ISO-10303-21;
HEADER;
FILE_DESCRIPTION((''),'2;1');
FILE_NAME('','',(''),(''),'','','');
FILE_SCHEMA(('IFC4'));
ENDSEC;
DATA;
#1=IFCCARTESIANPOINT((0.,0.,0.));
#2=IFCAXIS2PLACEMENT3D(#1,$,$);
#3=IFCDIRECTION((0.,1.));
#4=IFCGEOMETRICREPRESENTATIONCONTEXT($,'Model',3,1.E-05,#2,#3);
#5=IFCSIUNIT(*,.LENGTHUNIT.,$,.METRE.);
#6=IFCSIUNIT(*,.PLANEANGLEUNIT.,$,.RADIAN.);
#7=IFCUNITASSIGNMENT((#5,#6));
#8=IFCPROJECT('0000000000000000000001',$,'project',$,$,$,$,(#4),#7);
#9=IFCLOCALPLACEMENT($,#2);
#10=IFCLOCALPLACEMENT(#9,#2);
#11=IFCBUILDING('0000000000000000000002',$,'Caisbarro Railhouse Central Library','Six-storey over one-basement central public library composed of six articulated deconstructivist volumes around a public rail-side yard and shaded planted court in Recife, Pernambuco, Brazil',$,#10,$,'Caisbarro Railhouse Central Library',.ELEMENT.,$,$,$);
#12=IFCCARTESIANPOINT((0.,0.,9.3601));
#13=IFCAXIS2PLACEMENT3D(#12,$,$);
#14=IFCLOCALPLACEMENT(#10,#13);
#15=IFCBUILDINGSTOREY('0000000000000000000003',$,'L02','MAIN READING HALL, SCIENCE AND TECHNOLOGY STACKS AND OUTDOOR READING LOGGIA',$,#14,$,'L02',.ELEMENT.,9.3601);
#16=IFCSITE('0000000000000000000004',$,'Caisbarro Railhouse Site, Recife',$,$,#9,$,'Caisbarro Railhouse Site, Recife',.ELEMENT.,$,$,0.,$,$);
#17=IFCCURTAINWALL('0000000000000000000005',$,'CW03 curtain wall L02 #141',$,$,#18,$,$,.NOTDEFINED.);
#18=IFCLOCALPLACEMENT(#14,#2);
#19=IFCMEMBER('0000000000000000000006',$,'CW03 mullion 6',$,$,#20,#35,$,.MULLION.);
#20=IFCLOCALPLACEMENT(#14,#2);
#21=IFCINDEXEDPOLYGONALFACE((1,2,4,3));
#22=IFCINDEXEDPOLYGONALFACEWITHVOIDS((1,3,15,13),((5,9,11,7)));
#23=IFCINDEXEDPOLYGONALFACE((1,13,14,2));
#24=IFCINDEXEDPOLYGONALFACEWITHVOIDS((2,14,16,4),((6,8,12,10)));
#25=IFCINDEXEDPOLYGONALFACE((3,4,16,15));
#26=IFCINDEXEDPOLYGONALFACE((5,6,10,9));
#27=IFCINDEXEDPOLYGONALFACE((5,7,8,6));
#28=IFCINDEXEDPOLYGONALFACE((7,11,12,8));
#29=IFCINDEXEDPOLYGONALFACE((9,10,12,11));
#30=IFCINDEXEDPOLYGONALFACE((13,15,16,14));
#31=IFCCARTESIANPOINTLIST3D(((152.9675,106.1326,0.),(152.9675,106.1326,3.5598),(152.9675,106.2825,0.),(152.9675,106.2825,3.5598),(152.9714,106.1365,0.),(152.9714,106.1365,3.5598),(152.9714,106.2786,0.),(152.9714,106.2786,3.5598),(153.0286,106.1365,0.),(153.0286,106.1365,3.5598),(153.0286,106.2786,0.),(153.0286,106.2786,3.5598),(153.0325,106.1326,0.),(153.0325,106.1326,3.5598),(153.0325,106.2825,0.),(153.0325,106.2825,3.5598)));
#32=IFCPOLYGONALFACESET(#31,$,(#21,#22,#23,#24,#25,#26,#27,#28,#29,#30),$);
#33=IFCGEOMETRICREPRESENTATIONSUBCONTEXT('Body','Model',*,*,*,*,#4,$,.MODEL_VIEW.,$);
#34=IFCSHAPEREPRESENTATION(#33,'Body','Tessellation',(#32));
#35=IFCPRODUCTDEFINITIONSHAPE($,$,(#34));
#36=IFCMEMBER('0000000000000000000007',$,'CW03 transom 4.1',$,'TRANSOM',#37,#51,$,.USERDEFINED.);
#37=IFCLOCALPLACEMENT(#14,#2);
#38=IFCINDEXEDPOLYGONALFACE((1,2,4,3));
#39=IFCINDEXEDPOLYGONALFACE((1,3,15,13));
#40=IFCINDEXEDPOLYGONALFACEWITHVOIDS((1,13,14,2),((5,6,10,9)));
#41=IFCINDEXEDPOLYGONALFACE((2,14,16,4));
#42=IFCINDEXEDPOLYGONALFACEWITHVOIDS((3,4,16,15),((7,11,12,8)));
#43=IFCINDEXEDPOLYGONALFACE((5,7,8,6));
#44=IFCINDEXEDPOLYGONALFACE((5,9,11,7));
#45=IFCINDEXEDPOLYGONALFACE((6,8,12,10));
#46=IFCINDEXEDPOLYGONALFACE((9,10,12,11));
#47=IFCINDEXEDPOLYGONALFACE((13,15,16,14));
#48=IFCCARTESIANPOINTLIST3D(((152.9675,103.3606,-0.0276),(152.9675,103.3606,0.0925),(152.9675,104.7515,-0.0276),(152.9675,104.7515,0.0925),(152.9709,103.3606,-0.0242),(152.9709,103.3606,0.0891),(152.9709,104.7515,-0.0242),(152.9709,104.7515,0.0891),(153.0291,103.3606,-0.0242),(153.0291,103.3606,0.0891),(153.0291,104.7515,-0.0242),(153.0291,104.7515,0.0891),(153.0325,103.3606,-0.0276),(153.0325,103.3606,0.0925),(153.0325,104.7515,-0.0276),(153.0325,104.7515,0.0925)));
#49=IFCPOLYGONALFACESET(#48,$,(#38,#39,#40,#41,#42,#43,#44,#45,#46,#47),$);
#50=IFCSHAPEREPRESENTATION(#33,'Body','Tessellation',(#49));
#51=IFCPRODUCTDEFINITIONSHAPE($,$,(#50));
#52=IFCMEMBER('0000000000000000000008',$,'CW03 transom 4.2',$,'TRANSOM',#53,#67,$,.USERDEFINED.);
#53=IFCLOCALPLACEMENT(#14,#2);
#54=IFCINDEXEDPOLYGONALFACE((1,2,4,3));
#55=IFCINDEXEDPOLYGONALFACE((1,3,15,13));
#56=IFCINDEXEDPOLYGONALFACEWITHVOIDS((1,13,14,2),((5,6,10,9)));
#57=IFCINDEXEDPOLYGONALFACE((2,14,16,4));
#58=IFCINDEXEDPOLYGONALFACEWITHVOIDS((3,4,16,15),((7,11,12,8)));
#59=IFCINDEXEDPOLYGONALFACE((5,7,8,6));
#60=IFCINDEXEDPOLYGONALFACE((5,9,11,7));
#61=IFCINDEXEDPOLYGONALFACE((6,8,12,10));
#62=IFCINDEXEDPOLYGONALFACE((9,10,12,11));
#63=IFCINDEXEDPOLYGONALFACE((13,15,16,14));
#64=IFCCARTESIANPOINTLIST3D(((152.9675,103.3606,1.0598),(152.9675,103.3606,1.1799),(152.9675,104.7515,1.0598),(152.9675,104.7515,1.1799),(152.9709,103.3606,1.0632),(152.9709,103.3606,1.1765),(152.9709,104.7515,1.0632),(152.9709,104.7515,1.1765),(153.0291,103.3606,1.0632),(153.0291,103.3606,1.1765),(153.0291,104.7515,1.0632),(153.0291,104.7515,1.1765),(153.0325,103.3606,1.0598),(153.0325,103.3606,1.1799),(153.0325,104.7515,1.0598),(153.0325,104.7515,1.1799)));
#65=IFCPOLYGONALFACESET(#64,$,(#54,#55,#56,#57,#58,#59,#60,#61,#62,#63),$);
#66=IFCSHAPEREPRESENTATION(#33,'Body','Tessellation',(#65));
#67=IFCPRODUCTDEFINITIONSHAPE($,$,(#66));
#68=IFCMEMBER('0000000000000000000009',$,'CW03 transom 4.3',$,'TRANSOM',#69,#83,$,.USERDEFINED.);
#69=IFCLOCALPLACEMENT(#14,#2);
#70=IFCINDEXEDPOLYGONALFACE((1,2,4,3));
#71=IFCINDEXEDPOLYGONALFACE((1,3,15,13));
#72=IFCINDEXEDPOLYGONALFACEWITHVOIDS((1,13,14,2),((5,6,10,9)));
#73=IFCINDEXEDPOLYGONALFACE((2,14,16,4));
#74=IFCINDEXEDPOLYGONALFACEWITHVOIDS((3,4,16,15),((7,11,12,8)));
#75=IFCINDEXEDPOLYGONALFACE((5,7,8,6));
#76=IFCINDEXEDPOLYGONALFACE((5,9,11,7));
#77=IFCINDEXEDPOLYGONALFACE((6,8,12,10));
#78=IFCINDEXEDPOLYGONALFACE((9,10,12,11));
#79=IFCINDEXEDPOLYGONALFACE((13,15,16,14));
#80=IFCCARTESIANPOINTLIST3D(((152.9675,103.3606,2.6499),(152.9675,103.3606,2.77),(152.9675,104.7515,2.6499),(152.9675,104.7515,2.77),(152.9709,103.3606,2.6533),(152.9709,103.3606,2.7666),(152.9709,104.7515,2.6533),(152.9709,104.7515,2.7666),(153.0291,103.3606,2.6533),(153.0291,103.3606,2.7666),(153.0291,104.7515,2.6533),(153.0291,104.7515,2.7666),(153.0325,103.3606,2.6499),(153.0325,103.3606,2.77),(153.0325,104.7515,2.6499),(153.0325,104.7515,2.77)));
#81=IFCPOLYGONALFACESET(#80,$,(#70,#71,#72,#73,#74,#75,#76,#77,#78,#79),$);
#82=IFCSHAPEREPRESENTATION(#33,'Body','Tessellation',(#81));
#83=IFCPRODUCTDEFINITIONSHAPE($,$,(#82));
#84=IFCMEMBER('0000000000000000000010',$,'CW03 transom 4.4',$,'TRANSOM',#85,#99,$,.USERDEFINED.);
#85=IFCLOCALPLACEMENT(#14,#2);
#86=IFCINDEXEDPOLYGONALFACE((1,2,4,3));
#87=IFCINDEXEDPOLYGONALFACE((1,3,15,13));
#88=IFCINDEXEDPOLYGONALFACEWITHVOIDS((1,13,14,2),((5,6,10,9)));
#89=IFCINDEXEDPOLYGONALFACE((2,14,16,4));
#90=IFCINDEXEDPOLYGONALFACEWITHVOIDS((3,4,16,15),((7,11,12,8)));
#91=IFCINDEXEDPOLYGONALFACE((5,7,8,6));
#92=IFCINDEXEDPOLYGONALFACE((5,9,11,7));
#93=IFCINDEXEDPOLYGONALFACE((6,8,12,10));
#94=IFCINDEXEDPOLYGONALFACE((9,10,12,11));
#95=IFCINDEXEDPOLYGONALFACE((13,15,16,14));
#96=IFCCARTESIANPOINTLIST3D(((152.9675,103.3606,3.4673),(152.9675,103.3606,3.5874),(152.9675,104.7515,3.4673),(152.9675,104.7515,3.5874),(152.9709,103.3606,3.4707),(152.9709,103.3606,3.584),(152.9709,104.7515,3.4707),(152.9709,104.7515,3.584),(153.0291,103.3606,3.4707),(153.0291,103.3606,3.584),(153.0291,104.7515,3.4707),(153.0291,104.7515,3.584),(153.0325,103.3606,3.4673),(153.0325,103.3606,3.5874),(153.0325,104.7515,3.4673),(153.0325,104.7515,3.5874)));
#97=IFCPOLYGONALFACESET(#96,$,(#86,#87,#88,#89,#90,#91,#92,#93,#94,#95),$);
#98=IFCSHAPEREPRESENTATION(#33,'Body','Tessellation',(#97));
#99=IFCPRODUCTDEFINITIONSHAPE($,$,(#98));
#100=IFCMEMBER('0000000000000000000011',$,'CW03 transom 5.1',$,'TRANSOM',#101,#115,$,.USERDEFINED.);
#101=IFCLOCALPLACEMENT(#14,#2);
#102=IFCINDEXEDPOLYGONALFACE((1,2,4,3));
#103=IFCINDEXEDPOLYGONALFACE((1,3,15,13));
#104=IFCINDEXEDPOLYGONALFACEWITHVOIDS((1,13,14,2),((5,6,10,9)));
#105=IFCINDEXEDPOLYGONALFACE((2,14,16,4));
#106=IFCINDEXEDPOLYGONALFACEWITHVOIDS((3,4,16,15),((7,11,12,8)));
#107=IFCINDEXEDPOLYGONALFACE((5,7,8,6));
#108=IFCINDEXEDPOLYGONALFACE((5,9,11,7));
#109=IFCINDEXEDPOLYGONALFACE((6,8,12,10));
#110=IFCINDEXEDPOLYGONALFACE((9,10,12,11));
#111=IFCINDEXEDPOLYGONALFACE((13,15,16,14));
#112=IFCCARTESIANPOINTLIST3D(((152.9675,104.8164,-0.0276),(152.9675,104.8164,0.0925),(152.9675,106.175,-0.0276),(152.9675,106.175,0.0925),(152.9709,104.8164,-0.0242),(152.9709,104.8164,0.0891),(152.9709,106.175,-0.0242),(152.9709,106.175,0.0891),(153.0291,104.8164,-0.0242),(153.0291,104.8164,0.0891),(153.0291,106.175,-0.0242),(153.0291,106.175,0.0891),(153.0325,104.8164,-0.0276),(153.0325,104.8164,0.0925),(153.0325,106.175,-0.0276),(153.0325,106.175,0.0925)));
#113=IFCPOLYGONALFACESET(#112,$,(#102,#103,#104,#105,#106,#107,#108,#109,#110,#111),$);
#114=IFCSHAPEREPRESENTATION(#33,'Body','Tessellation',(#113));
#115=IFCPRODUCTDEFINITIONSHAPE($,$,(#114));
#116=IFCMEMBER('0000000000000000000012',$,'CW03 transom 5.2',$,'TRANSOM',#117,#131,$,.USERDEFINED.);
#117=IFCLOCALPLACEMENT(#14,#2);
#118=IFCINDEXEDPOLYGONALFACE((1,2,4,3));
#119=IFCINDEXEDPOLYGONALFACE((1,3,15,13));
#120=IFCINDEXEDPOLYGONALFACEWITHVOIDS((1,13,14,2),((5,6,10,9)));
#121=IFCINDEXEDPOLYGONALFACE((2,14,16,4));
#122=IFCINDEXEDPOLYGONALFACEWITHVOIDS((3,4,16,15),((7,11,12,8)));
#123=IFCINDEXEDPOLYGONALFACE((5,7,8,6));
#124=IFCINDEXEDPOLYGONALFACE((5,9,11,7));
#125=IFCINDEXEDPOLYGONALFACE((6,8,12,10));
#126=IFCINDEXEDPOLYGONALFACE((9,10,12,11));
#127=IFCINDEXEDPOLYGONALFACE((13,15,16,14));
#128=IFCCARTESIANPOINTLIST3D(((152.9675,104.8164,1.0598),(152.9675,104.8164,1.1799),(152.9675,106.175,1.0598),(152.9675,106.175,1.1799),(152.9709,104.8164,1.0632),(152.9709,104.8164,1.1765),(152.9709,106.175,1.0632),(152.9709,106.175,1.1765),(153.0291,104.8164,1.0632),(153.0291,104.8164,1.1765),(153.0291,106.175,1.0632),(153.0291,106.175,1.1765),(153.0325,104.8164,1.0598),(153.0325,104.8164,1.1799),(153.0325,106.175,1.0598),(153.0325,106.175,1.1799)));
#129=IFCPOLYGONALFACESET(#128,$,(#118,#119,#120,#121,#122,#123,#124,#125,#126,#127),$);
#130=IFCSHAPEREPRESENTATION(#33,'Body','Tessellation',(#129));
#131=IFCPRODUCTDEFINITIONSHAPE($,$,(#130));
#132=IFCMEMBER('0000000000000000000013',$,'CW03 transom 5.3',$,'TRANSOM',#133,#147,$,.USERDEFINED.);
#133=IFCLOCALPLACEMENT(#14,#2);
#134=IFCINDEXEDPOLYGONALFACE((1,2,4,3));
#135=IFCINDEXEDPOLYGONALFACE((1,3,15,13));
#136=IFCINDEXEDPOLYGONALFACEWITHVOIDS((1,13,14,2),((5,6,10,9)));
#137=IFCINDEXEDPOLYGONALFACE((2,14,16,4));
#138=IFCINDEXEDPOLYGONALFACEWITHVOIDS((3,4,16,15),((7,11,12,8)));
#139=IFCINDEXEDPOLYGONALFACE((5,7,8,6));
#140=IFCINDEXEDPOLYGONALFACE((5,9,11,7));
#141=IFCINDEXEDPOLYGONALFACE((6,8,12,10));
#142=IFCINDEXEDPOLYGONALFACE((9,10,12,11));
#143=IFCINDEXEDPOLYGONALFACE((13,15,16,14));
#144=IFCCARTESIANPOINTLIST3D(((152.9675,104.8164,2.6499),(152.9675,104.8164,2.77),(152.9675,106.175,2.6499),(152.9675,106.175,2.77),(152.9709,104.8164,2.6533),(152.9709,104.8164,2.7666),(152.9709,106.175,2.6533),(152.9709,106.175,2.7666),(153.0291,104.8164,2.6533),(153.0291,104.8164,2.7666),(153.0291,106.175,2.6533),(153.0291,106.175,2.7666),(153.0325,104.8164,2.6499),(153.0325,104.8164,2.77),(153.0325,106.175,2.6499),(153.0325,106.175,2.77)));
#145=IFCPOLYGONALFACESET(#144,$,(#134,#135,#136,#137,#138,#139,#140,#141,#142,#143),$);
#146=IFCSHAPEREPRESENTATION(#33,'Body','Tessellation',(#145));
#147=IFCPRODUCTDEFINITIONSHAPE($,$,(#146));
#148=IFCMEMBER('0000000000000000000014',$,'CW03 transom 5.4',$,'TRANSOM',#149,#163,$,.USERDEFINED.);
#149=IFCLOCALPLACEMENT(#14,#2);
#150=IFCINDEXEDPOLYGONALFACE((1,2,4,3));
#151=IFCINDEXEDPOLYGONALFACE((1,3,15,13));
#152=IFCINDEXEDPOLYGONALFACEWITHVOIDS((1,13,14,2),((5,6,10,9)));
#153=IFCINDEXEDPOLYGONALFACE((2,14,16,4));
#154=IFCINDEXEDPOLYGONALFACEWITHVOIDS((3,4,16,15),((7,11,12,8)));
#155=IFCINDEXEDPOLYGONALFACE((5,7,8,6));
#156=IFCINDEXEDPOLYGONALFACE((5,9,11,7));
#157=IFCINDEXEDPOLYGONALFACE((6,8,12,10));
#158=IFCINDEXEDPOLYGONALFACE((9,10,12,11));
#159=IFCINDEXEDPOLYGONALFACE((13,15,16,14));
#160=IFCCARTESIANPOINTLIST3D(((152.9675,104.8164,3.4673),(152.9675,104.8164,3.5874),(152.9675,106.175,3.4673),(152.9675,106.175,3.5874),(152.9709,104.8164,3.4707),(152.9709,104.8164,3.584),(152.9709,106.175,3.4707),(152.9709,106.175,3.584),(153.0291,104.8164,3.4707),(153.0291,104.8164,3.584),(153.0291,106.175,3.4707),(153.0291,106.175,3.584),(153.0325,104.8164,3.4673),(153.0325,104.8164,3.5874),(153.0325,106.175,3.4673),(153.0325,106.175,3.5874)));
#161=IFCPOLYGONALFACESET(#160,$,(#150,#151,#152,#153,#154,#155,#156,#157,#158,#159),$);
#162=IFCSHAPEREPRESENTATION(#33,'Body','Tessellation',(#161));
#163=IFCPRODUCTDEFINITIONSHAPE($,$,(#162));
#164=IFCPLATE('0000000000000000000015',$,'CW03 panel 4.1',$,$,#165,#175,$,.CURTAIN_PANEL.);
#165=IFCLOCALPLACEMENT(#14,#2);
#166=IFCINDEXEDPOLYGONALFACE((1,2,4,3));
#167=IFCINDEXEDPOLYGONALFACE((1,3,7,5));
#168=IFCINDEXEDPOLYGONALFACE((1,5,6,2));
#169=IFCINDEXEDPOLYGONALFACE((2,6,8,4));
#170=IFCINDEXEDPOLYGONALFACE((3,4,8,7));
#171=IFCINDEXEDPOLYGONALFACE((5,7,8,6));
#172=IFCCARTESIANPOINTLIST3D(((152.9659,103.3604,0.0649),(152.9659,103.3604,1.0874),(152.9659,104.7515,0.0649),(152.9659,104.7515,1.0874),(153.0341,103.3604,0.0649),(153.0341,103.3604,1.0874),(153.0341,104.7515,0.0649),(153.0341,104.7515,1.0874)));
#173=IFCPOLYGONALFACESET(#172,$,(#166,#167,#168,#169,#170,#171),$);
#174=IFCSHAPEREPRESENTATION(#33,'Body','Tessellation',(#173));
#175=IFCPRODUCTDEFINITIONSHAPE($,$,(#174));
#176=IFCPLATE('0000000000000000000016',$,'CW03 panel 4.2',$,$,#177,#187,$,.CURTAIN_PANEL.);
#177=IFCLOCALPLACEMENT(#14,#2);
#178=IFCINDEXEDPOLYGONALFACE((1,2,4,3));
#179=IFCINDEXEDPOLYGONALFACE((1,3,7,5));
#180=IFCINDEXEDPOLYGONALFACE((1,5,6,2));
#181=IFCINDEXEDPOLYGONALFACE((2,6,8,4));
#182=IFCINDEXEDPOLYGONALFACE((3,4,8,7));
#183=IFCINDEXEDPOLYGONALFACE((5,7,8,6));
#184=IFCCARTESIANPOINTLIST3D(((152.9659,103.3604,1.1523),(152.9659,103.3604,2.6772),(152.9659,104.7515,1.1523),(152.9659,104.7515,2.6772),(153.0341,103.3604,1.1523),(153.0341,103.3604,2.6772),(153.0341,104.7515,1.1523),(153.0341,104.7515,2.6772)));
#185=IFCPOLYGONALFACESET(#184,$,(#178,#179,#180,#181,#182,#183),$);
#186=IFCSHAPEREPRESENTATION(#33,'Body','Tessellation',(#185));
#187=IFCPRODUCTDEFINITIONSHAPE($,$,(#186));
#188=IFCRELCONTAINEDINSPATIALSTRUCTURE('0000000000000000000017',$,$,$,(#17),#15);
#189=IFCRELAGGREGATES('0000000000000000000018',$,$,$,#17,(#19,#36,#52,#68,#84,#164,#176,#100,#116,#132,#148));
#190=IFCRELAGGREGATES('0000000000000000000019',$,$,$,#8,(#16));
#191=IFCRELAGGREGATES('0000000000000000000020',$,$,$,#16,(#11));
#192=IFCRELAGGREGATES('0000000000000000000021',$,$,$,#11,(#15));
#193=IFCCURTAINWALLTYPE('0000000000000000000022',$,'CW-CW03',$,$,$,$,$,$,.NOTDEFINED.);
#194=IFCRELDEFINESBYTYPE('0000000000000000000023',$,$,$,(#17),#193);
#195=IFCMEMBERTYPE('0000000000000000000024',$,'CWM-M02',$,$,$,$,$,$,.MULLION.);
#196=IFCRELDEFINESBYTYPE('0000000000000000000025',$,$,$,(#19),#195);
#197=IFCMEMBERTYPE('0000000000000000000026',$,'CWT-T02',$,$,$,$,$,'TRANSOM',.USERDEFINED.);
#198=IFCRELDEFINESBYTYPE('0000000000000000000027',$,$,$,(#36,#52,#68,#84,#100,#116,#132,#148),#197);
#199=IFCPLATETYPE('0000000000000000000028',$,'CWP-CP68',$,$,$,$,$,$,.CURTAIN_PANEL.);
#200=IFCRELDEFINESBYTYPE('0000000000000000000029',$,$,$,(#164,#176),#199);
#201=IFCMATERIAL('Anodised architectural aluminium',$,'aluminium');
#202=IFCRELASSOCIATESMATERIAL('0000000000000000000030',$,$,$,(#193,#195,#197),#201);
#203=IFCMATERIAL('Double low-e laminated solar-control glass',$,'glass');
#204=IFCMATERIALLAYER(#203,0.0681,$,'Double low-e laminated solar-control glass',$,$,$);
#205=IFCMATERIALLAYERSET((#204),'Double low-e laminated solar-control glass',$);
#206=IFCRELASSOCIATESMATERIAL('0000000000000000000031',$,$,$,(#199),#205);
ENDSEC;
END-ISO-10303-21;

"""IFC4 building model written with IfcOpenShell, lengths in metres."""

from ifc_helpers import new_model, si_unit, direction, frame, origin, origin_2d, place, context, subcontext, project, spatial, rectangle, hollow_rectangle, extrude, material, layer, layer_set, material_profile, profile_set, type_object, element, aggregate, save


model = new_model("IFC4")

# Units and contexts
model_context = context("Model", 3, precision=1e-05, world=origin(), true_north=direction((0.0, 1.0)))
body_context = subcontext(model_context, "Body", "Model", "MODEL_VIEW")
ifc_project = project(units=[si_unit("LENGTHUNIT", "METRE"), si_unit("PLANEANGLEUNIT", "RADIAN")], contexts=[model_context])

# Site, building, storey
site_placement = place(None, origin())
site = spatial("IfcSite", under=ifc_project, at=site_placement, Name="Caisbarro Railhouse Site, Recife", LongName="Caisbarro Railhouse Site, Recife", CompositionType="ELEMENT", RefElevation=0.0)
building_placement = place(site_placement, origin())
building = spatial("IfcBuilding", under=site, at=building_placement, Name="Caisbarro Railhouse Central Library", Description="Six-storey over one-basement central public library composed of six articulated deconstructivist volumes around a public rail-side yard and shaded planted court in Recife, Pernambuco, Brazil", LongName="Caisbarro Railhouse Central Library", CompositionType="ELEMENT")
storey_placement = place(building_placement, frame((0.0, 0.0, 9.3601)))
storey = spatial("IfcBuildingStorey", under=building, at=storey_placement, Name="L02", Description="MAIN READING HALL, SCIENCE AND TECHNOLOGY STACKS AND OUTDOOR READING LOGGIA", LongName="L02", CompositionType="ELEMENT", Elevation=9.3601)

# Curtain wall, members, plates
ifc_material_1 = material(Name="Anodised architectural aluminium", Category="aluminium")
curtain_wall_type = type_object("IfcCurtainWallType", Name="CW-CW03", PredefinedType="NOTDEFINED", material=ifc_material_1)
curtain_wall_placement = place(storey_placement, origin())
curtain_wall = element("IfcCurtainWall", 1, at=curtain_wall_placement, inside=storey, type_object=curtain_wall_type, Name="CW03 curtain wall L02 #141", PredefinedType="NOTDEFINED")
ifc_material_profile_1 = material_profile(ifc_material_1, hollow_rectangle(XDim=0.0649, YDim=0.1499, WallThickness=0.0039, at=origin_2d()), Name="ALU-MUL-65X150")
ifc_profile_set_1 = profile_set([ifc_material_profile_1], Name="Anodised architectural aluminium")
member_type_1 = type_object("IfcMemberType", Name="CWM-M02", PredefinedType="MULLION", material=ifc_profile_set_1)
member_1_placement = place(storey_placement, frame((153.0, 106.2075, 0.0), z_axis=(0.0, 0.0, 1.0), x_axis=(-1.0, 0.0, 0.0)))
member_1 = element("IfcMember", 2, at=member_1_placement, type_object=member_type_1, Name="CW03 mullion 6", PredefinedType="MULLION", context=body_context, shape_type="SweptSolid", body=[
    extrude(hollow_rectangle(XDim=0.0649, YDim=0.1499, WallThickness=0.0039, at=origin_2d()), origin(), (0.0, 0.0, 1.0), 3.5598),
])
ifc_material_profile_2 = material_profile(ifc_material_1, hollow_rectangle(XDim=0.0649, YDim=0.1201, WallThickness=0.0034, at=origin_2d()), Name="ALU-TRN-65X120")
ifc_profile_set_2 = profile_set([ifc_material_profile_2], Name="Anodised architectural aluminium")
member_type_2 = type_object("IfcMemberType", Name="CWT-T02", ElementType="TRANSOM", PredefinedType="USERDEFINED", material=ifc_profile_set_2)
member_2_placement = place(storey_placement, frame((153.0, 103.3606, 0.0325), z_axis=(0.0, 1.0, 0.0), x_axis=(-1.0, 0.0, 0.0)))
member_2 = element("IfcMember", 3, at=member_2_placement, type_object=member_type_2, Name="CW03 transom 4.1", ObjectType="TRANSOM", PredefinedType="USERDEFINED", context=body_context, shape_type="SweptSolid", body=[
    extrude(hollow_rectangle(XDim=0.0649, YDim=0.1201, WallThickness=0.0034, at=origin_2d()), origin(), (0.0, 0.0, 1.0), 1.3909),
])
member_3_placement = place(storey_placement, frame((153.0, 103.3606, 1.1199), z_axis=(0.0, 1.0, 0.0), x_axis=(-1.0, 0.0, 0.0)))
member_3 = element("IfcMember", 4, at=member_3_placement, type_object=member_type_2, Name="CW03 transom 4.2", ObjectType="TRANSOM", PredefinedType="USERDEFINED", context=body_context, shape_type="SweptSolid", body=[
    extrude(hollow_rectangle(XDim=0.0649, YDim=0.1201, WallThickness=0.0034, at=origin_2d()), origin(), (0.0, 0.0, 1.0), 1.3909),
])
member_4_placement = place(storey_placement, frame((153.0, 103.3606, 2.71), z_axis=(0.0, 1.0, 0.0), x_axis=(-1.0, 0.0, 0.0)))
member_4 = element("IfcMember", 5, at=member_4_placement, type_object=member_type_2, Name="CW03 transom 4.3", ObjectType="TRANSOM", PredefinedType="USERDEFINED", context=body_context, shape_type="SweptSolid", body=[
    extrude(hollow_rectangle(XDim=0.0649, YDim=0.1201, WallThickness=0.0034, at=origin_2d()), origin(), (0.0, 0.0, 1.0), 1.3909),
])
member_5_placement = place(storey_placement, frame((153.0, 103.3606, 3.5273), z_axis=(0.0, 1.0, 0.0), x_axis=(-1.0, 0.0, 0.0)))
member_5 = element("IfcMember", 6, at=member_5_placement, type_object=member_type_2, Name="CW03 transom 4.4", ObjectType="TRANSOM", PredefinedType="USERDEFINED", context=body_context, shape_type="SweptSolid", body=[
    extrude(hollow_rectangle(XDim=0.0649, YDim=0.1201, WallThickness=0.0034, at=origin_2d()), origin(), (0.0, 0.0, 1.0), 1.3909),
])
member_6_placement = place(storey_placement, frame((153.0, 104.8164, 0.0325), z_axis=(0.0, 1.0, 0.0), x_axis=(-1.0, 0.0, 0.0)))
member_6 = element("IfcMember", 7, at=member_6_placement, type_object=member_type_2, Name="CW03 transom 5.1", ObjectType="TRANSOM", PredefinedType="USERDEFINED", context=body_context, shape_type="SweptSolid", body=[
    extrude(hollow_rectangle(XDim=0.0649, YDim=0.1201, WallThickness=0.0034, at=origin_2d()), origin(), (0.0, 0.0, 1.0), 1.3586),
])
member_7_placement = place(storey_placement, frame((153.0, 104.8164, 1.1199), z_axis=(0.0, 1.0, 0.0), x_axis=(-1.0, 0.0, 0.0)))
member_7 = element("IfcMember", 8, at=member_7_placement, type_object=member_type_2, Name="CW03 transom 5.2", ObjectType="TRANSOM", PredefinedType="USERDEFINED", context=body_context, shape_type="SweptSolid", body=[
    extrude(hollow_rectangle(XDim=0.0649, YDim=0.1201, WallThickness=0.0034, at=origin_2d()), origin(), (0.0, 0.0, 1.0), 1.3586),
])
member_8_placement = place(storey_placement, frame((153.0, 104.8164, 2.71), z_axis=(0.0, 1.0, 0.0), x_axis=(-1.0, 0.0, 0.0)))
member_8 = element("IfcMember", 9, at=member_8_placement, type_object=member_type_2, Name="CW03 transom 5.3", ObjectType="TRANSOM", PredefinedType="USERDEFINED", context=body_context, shape_type="SweptSolid", body=[
    extrude(hollow_rectangle(XDim=0.0649, YDim=0.1201, WallThickness=0.0034, at=origin_2d()), origin(), (0.0, 0.0, 1.0), 1.3586),
])
member_9_placement = place(storey_placement, frame((153.0, 104.8164, 3.5273), z_axis=(0.0, 1.0, 0.0), x_axis=(-1.0, 0.0, 0.0)))
member_9 = element("IfcMember", 10, at=member_9_placement, type_object=member_type_2, Name="CW03 transom 5.4", ObjectType="TRANSOM", PredefinedType="USERDEFINED", context=body_context, shape_type="SweptSolid", body=[
    extrude(hollow_rectangle(XDim=0.0649, YDim=0.1201, WallThickness=0.0034, at=origin_2d()), origin(), (0.0, 0.0, 1.0), 1.3586),
])
ifc_material_2 = material(Name="Double low-e laminated solar-control glass", Category="glass")
ifc_layer_1 = layer(ifc_material_2, 0.0681, Name="Double low-e laminated solar-control glass")
ifc_layer_set_1 = layer_set([ifc_layer_1], Name="Double low-e laminated solar-control glass")
plate_type_1 = type_object("IfcPlateType", Name="CWP-CP68", PredefinedType="CURTAIN_PANEL", material=ifc_layer_set_1)
plate_1_placement = place(storey_placement, frame((153.0, 104.0559, 0.0649), z_axis=(0.0, 0.0, 1.0), x_axis=(0.0, 1.0, 0.0)))
plate_1 = element("IfcPlate", 11, at=plate_1_placement, type_object=plate_type_1, Name="CW03 panel 4.1", PredefinedType="CURTAIN_PANEL", context=body_context, shape_type="SweptSolid", body=[
    extrude(rectangle(XDim=1.3911, YDim=0.0681, at=origin_2d()), origin(), (0.0, 0.0, 1.0), 1.0225),
])
plate_2_placement = place(storey_placement, frame((153.0, 104.0559, 1.1523), z_axis=(0.0, 0.0, 1.0), x_axis=(0.0, 1.0, 0.0)))
plate_2 = element("IfcPlate", 12, at=plate_2_placement, type_object=plate_type_1, Name="CW03 panel 4.2", PredefinedType="CURTAIN_PANEL", context=body_context, shape_type="SweptSolid", body=[
    extrude(rectangle(XDim=1.3911, YDim=0.0681, at=origin_2d()), origin(), (0.0, 0.0, 1.0), 1.5249),
])
aggregate(curtain_wall, [member_1, member_2, member_3, member_4, member_5, plate_1, plate_2, member_6, member_7, member_8, member_9])

save(model, "model.ifc")
